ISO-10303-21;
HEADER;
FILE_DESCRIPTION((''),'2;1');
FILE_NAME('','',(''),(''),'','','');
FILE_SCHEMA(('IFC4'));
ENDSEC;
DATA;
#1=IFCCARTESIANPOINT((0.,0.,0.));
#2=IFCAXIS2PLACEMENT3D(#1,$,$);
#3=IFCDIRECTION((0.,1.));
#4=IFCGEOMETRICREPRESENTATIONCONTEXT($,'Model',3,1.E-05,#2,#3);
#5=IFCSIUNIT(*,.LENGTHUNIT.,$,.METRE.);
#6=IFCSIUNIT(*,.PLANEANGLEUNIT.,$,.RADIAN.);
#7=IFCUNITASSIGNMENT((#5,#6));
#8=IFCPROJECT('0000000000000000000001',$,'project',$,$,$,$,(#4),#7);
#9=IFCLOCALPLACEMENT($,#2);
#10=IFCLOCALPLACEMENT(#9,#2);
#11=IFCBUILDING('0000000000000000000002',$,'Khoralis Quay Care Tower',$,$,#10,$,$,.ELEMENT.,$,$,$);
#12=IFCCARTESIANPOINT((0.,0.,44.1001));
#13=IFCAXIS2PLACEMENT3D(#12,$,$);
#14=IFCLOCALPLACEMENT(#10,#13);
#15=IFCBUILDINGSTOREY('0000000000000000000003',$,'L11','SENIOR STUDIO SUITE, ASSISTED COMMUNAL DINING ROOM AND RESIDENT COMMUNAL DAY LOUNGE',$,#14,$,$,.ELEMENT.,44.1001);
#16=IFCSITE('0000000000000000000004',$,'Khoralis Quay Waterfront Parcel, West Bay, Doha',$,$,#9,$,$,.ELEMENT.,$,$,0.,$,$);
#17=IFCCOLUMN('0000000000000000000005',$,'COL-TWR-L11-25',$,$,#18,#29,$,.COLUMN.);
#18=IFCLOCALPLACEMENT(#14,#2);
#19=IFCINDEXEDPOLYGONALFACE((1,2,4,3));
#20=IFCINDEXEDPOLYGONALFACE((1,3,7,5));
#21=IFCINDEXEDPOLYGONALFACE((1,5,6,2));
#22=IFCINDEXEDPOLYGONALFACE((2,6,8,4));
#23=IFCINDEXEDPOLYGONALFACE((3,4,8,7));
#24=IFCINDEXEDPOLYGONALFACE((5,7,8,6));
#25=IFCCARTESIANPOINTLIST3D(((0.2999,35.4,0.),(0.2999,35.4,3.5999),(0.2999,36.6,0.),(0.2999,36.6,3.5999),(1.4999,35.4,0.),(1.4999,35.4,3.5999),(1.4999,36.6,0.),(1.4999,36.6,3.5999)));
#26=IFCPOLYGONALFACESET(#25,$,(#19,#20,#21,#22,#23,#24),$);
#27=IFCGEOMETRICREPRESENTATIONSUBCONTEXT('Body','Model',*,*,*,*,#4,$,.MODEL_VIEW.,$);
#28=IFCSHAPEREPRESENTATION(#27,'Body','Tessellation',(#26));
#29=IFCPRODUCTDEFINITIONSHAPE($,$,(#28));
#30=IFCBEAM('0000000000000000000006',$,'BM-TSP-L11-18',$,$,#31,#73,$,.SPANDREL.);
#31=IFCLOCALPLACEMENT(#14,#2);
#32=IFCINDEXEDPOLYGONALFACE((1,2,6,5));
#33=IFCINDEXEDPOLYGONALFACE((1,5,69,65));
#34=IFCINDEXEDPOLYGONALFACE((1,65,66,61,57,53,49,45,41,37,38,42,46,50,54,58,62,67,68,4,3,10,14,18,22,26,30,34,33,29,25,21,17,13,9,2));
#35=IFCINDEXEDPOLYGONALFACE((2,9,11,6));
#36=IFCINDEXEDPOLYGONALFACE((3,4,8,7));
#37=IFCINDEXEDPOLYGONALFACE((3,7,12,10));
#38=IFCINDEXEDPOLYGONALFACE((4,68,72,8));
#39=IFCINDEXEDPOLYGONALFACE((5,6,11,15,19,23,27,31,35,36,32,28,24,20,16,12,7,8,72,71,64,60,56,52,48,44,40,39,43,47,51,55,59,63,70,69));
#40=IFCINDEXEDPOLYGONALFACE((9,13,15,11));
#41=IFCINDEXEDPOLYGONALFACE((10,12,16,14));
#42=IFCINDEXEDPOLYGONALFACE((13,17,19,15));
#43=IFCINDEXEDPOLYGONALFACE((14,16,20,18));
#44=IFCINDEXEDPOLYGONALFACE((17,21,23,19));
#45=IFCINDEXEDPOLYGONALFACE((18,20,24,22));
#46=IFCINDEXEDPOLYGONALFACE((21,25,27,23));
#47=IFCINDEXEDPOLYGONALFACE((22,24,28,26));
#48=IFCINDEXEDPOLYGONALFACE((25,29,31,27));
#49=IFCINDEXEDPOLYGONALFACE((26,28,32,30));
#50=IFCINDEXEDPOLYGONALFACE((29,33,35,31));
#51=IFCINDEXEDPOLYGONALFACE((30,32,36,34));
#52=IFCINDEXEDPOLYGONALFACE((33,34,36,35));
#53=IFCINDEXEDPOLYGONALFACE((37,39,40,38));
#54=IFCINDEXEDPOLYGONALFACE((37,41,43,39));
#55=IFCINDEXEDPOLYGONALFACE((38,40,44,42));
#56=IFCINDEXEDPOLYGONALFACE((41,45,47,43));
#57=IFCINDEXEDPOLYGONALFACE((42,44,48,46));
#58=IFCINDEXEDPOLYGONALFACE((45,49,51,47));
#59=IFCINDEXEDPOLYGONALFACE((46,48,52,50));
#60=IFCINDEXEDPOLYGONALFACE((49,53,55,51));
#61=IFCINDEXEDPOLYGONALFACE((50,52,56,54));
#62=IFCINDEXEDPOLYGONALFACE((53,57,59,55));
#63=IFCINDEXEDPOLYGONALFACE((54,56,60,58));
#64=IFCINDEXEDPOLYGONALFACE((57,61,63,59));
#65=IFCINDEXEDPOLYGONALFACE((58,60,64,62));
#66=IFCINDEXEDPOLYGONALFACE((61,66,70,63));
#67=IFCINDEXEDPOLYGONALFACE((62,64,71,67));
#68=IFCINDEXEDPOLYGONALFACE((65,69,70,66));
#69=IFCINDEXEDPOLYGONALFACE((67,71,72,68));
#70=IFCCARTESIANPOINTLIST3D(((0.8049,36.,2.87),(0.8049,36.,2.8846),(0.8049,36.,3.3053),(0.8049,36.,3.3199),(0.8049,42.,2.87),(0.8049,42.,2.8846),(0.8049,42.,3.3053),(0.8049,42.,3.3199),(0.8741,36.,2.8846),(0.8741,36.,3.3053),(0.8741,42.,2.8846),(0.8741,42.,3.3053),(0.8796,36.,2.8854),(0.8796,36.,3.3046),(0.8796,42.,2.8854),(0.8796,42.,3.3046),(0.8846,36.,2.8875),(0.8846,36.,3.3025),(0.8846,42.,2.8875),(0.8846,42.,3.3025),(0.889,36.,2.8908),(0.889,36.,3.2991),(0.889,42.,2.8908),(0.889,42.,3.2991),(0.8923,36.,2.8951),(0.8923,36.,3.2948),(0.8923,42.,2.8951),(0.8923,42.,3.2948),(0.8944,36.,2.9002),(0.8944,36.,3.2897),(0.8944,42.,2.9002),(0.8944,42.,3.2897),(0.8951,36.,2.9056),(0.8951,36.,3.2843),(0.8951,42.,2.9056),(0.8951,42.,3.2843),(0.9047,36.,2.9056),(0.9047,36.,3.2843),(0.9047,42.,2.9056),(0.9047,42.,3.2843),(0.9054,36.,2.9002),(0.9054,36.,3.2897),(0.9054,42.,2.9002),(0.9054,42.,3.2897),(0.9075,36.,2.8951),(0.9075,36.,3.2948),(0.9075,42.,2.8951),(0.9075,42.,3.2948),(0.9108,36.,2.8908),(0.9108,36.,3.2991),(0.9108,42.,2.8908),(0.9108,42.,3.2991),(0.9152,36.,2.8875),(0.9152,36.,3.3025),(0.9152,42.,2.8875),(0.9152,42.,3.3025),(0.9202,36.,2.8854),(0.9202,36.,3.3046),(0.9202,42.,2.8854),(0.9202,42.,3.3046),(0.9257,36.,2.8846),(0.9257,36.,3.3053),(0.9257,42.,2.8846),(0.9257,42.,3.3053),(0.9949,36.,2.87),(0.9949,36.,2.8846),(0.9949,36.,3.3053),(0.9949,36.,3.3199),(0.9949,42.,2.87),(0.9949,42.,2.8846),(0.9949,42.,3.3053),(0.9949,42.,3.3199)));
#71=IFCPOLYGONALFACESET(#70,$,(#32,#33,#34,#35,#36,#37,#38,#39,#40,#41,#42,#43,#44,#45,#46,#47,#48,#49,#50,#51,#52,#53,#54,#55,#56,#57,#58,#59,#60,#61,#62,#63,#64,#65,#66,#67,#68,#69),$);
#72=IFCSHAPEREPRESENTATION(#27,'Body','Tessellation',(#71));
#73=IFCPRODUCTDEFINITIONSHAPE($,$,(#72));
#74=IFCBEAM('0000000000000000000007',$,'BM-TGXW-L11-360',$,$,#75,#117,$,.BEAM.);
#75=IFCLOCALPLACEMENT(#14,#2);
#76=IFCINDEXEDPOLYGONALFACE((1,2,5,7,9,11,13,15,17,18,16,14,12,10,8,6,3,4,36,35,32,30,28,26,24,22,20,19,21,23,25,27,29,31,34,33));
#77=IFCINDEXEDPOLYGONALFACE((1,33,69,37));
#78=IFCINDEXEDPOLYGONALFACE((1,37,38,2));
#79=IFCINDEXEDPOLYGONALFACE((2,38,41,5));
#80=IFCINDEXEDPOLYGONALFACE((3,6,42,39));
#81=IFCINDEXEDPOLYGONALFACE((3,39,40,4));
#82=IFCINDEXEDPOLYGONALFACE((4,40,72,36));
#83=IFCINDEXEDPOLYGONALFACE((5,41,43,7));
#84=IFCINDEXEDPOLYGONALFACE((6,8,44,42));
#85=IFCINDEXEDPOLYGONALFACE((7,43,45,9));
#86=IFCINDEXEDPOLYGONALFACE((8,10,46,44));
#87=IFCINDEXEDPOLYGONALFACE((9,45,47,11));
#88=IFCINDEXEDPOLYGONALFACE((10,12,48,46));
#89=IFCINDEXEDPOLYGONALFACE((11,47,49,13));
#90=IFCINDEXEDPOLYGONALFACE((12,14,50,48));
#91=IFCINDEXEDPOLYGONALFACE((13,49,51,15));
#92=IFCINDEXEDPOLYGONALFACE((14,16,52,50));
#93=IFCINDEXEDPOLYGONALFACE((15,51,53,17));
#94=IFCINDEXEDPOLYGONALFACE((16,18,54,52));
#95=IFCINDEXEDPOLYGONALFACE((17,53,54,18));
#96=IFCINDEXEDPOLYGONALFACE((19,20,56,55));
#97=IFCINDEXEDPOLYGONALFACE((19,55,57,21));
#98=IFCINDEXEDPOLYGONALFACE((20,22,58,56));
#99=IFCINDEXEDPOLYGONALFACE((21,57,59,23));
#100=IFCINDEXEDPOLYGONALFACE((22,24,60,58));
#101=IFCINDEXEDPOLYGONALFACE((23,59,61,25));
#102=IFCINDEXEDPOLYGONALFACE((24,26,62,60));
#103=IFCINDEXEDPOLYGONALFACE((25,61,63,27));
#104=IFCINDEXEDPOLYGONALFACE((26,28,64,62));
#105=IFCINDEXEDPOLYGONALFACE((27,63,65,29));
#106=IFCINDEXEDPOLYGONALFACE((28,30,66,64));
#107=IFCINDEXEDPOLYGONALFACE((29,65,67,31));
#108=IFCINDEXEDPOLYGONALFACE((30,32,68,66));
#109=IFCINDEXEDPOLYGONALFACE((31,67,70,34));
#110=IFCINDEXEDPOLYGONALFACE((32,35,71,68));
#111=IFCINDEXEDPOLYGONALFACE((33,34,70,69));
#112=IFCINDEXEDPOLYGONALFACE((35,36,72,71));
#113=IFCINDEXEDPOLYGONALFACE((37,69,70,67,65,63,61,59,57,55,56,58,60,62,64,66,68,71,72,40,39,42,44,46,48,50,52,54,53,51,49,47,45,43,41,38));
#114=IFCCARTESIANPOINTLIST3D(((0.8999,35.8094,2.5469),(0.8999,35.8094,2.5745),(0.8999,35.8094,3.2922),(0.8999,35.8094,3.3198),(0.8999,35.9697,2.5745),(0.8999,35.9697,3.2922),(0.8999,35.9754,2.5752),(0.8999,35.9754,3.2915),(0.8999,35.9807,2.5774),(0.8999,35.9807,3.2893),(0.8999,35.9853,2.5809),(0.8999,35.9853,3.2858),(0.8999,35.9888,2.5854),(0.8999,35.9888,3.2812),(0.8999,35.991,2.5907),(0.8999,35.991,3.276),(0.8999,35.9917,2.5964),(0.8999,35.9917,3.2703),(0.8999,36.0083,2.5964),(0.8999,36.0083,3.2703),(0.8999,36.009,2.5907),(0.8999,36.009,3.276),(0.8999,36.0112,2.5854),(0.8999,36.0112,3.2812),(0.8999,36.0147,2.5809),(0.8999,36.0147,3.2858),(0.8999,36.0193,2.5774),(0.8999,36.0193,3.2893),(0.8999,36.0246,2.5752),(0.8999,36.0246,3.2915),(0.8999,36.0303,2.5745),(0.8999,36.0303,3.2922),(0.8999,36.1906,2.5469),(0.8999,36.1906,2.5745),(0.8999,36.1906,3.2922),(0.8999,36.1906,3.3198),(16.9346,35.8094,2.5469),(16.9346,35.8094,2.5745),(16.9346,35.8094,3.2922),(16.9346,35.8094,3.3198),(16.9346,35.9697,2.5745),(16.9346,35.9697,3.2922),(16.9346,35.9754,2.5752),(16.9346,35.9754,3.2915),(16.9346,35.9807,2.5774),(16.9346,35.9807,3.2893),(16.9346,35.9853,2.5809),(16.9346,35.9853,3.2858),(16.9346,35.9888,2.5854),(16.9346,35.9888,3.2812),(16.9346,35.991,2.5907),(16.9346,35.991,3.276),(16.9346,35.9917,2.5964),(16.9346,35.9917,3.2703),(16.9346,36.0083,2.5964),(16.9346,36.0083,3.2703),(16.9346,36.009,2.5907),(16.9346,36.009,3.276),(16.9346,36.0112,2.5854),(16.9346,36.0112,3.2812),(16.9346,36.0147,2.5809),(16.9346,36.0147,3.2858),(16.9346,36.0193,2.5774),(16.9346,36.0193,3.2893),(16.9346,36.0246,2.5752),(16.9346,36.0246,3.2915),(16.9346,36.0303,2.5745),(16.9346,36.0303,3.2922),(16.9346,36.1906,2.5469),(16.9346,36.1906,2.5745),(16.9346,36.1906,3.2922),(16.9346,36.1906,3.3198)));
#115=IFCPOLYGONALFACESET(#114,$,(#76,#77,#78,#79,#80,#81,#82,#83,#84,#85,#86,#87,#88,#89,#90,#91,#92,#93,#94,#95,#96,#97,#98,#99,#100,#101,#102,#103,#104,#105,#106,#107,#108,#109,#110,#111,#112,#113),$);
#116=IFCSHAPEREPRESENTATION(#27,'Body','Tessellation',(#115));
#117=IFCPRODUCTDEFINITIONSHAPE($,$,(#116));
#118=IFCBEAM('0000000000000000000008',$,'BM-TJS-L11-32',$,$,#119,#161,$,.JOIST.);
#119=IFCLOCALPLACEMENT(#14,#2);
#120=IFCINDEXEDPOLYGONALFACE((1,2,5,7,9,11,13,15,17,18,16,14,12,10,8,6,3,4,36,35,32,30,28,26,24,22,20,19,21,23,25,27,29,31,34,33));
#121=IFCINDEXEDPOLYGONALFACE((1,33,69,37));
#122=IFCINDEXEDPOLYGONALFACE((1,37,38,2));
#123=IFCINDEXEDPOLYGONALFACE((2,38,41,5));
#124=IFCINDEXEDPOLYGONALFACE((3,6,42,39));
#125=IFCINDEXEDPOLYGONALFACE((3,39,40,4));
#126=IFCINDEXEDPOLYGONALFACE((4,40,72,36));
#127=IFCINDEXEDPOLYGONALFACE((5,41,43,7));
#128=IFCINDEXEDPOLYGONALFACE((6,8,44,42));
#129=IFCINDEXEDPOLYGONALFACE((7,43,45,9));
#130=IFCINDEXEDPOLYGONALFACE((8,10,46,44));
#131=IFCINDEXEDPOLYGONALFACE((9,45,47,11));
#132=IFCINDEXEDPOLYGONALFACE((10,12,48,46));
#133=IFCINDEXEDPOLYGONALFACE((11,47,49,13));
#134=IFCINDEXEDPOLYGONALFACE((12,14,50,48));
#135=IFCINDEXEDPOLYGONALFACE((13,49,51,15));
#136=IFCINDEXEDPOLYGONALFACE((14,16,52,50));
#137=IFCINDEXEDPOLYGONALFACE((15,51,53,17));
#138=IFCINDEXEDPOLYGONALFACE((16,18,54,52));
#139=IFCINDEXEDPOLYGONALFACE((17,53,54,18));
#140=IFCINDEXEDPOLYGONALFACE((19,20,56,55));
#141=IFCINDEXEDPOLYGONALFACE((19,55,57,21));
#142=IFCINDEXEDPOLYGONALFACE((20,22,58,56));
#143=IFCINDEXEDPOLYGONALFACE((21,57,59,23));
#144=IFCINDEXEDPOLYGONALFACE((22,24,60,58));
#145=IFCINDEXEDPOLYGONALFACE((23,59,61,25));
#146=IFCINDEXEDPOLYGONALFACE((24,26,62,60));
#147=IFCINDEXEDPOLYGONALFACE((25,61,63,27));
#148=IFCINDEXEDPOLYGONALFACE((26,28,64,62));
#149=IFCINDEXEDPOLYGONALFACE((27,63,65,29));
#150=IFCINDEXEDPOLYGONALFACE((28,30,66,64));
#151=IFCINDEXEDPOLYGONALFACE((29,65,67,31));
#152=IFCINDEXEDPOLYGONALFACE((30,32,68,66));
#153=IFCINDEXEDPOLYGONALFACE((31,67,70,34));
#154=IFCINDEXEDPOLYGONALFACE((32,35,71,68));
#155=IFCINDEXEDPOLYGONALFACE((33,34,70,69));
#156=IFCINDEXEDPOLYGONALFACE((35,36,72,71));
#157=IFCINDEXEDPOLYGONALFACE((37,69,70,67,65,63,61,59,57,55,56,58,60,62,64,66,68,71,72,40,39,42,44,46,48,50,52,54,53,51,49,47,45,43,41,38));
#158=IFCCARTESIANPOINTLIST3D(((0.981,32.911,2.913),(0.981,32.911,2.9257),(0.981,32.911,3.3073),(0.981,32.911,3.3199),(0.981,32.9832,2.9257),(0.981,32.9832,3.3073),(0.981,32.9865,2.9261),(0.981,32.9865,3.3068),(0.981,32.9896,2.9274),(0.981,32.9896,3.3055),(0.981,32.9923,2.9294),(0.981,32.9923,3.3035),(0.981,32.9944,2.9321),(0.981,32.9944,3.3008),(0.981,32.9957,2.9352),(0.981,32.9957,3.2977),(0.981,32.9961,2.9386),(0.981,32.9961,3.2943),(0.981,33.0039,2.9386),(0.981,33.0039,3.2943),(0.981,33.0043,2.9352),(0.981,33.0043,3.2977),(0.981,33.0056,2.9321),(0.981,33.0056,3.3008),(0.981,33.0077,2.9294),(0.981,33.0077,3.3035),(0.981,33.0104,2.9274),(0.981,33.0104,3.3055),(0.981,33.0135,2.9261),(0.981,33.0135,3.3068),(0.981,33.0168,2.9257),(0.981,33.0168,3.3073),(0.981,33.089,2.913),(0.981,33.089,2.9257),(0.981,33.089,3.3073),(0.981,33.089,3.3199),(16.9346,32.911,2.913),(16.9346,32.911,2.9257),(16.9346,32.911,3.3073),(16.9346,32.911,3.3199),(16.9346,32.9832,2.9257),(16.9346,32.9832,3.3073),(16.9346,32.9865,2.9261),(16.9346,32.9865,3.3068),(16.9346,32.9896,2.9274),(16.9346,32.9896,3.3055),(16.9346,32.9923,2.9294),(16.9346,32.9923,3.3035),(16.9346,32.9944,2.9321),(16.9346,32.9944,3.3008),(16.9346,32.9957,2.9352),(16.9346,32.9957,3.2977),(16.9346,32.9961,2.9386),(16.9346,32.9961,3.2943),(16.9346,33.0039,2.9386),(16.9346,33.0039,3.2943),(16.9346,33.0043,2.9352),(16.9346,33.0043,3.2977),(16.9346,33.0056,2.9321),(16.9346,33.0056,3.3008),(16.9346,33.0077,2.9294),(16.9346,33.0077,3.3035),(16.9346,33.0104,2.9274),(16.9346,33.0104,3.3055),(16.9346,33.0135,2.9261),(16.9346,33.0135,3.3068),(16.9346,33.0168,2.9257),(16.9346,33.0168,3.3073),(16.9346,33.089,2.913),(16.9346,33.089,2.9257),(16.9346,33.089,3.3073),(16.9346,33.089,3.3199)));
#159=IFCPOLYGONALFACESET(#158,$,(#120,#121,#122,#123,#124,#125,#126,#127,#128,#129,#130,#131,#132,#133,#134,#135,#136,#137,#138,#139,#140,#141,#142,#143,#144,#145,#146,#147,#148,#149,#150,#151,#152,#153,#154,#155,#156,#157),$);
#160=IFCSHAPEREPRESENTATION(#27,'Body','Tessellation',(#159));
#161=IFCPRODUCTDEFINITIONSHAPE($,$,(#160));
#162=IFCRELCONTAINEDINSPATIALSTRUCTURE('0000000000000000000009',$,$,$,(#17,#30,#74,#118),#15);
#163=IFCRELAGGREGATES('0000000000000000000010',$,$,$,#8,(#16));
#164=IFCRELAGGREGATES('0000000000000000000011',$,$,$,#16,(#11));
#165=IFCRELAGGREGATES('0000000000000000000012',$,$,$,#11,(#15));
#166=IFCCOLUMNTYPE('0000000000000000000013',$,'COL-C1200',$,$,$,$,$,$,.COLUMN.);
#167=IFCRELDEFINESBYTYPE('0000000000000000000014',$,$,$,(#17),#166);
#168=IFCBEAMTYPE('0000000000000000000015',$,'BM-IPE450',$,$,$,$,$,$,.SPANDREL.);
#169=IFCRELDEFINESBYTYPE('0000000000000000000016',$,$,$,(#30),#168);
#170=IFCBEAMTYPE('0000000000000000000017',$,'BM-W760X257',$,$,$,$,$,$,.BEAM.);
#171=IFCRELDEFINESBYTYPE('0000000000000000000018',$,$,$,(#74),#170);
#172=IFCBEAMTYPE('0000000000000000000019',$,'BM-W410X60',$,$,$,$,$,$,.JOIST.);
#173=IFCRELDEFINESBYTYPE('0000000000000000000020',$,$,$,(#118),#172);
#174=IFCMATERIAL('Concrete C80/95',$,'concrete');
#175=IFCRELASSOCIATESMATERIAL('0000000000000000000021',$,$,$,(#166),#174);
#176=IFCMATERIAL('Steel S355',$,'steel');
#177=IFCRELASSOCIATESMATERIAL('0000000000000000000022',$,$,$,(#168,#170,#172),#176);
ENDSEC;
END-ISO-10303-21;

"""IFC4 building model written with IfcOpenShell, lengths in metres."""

from ifc_helpers import new_model, si_unit, direction, frame, origin, origin_2d, place, context, subcontext, project, spatial, rectangle, i_section, extrude, source, transform, mapped, material, material_profile, profile_set, type_object, element, save


model = new_model("IFC4")

# Units and contexts
model_context = context("Model", 3, precision=1e-05, world=origin(), true_north=direction((0.0, 1.0)))
body_context = subcontext(model_context, "Body", "Model", "MODEL_VIEW")
ifc_project = project(units=[si_unit("LENGTHUNIT", "METRE"), si_unit("PLANEANGLEUNIT", "RADIAN")], contexts=[model_context])

# Site, building, storey
site_placement = place(None, origin())
site = spatial("IfcSite", under=ifc_project, at=site_placement, Name="Khoralis Quay Waterfront Parcel, West Bay, Doha", CompositionType="ELEMENT", RefElevation=0.0)
building_placement = place(site_placement, origin())
building = spatial("IfcBuilding", under=site, at=building_placement, Name="Khoralis Quay Care Tower", CompositionType="ELEMENT")
storey_placement = place(building_placement, frame((0.0, 0.0, 44.1001)))
storey = spatial("IfcBuildingStorey", under=building, at=storey_placement, Name="L11", Description="SENIOR STUDIO SUITE, ASSISTED COMMUNAL DINING ROOM AND RESIDENT COMMUNAL DAY LOUNGE", CompositionType="ELEMENT", Elevation=44.1001)

# Column
ifc_material_1 = material(Name="Concrete C80/95", Category="concrete")
ifc_material_profile_1 = material_profile(ifc_material_1, rectangle(XDim=1.2, YDim=1.2, at=origin_2d()), Name="Concrete C80/95")
ifc_profile_set_1 = profile_set([ifc_material_profile_1], Name="Concrete C80/95")
column_type = type_object("IfcColumnType", Name="COL-C1200", PredefinedType="COLUMN", material=ifc_profile_set_1)
shared_shape_1 = source(origin(), body_context, "Body", "SweptSolid", [
    extrude(rectangle(XDim=1.2, YDim=1.2, at=origin_2d()), origin(), (0.0, 0.0, 1.0), 3.5999),
])
column_placement = place(storey_placement, frame((0.8999, 36.0, 0.0), z_axis=(0.0, 0.0, 1.0), x_axis=(1.0, 0.0, 0.0)))
element("IfcColumn", 1, at=column_placement, inside=storey, type_object=column_type, Name="COL-TWR-L11-25", PredefinedType="COLUMN", context=body_context, shape_type="MappedRepresentation", body=[
    mapped(shared_shape_1, transform((0.0, 0.0, 0.0), scale=1.0)),
])

# Beams
ifc_material_2 = material(Name="Steel S355", Category="steel")
ifc_material_profile_2 = material_profile(ifc_material_2, i_section(OverallWidth=0.1899, OverallDepth=0.45, WebThickness=0.0095, FlangeThickness=0.0146, FilletRadius=0.021, at=origin_2d()), Name="Steel S355")
ifc_profile_set_2 = profile_set([ifc_material_profile_2], Name="Steel S355")
beam_type_1 = type_object("IfcBeamType", Name="BM-IPE450", PredefinedType="SPANDREL", material=ifc_profile_set_2)
shared_shape_2 = source(origin(), body_context, "Body", "SweptSolid", [
    extrude(i_section(OverallWidth=0.1899, OverallDepth=0.45, WebThickness=0.0095, FlangeThickness=0.0146, FilletRadius=0.021, at=origin_2d()), origin(), (0.0, 0.0, 1.0), 6.0),
])
beam_1_placement = place(storey_placement, frame((0.8999, 36.0, 3.095), z_axis=(0.0, 1.0, 0.0), x_axis=(-1.0, 0.0, 0.0)))
element("IfcBeam", 2, at=beam_1_placement, inside=storey, type_object=beam_type_1, Name="BM-TSP-L11-18", PredefinedType="SPANDREL", context=body_context, shape_type="MappedRepresentation", body=[
    mapped(shared_shape_2, transform((0.0, 0.0, 0.0), scale=1.0)),
])
ifc_material_profile_3 = material_profile(ifc_material_2, i_section(OverallWidth=0.3811, OverallDepth=0.7729, WebThickness=0.0166, FlangeThickness=0.0276, FilletRadius=0.022, at=origin_2d()), Name="Steel S355")
ifc_profile_set_3 = profile_set([ifc_material_profile_3], Name="Steel S355")
beam_type_2 = type_object("IfcBeamType", Name="BM-W760X257", PredefinedType="BEAM", material=ifc_profile_set_3)
shared_shape_3 = source(origin(), body_context, "Body", "SweptSolid", [
    extrude(i_section(OverallWidth=0.3811, OverallDepth=0.7729, WebThickness=0.0166, FlangeThickness=0.0276, FilletRadius=0.022, at=origin_2d()), origin(), (0.0, 0.0, 1.0), 16.0347),
])
beam_2_placement = place(storey_placement, frame((0.8999, 36.0, 2.9333), z_axis=(1.0, 0.0, 0.0), x_axis=(0.0, 1.0, 0.0)))
element("IfcBeam", 3, at=beam_2_placement, inside=storey, type_object=beam_type_2, Name="BM-TGXW-L11-360", PredefinedType="BEAM", context=body_context, shape_type="MappedRepresentation", body=[
    mapped(shared_shape_3, transform((0.0, 0.0, 0.0), scale=1.0)),
])
ifc_material_profile_4 = material_profile(ifc_material_2, i_section(OverallWidth=0.178, OverallDepth=0.407, WebThickness=0.0078, FlangeThickness=0.0127, FilletRadius=0.0129, at=origin_2d()), Name="Steel S355")
ifc_profile_set_4 = profile_set([ifc_material_profile_4], Name="Steel S355")
beam_type_3 = type_object("IfcBeamType", Name="BM-W410X60", PredefinedType="JOIST", material=ifc_profile_set_4)
shared_shape_4 = source(origin(), body_context, "Body", "SweptSolid", [
    extrude(i_section(OverallWidth=0.178, OverallDepth=0.407, WebThickness=0.0078, FlangeThickness=0.0127, FilletRadius=0.0129, at=origin_2d()), origin(), (0.0, 0.0, 1.0), 15.9536),
])
beam_3_placement = place(storey_placement, frame((0.981, 33.0, 3.1165), z_axis=(1.0, 0.0, 0.0), x_axis=(0.0, 1.0, 0.0)))
element("IfcBeam", 4, at=beam_3_placement, inside=storey, type_object=beam_type_3, Name="BM-TJS-L11-32", PredefinedType="JOIST", context=body_context, shape_type="MappedRepresentation", body=[
    mapped(shared_shape_4, transform((0.0, 0.0, 0.0), scale=1.0)),
])

save(model, "model.ifc")
